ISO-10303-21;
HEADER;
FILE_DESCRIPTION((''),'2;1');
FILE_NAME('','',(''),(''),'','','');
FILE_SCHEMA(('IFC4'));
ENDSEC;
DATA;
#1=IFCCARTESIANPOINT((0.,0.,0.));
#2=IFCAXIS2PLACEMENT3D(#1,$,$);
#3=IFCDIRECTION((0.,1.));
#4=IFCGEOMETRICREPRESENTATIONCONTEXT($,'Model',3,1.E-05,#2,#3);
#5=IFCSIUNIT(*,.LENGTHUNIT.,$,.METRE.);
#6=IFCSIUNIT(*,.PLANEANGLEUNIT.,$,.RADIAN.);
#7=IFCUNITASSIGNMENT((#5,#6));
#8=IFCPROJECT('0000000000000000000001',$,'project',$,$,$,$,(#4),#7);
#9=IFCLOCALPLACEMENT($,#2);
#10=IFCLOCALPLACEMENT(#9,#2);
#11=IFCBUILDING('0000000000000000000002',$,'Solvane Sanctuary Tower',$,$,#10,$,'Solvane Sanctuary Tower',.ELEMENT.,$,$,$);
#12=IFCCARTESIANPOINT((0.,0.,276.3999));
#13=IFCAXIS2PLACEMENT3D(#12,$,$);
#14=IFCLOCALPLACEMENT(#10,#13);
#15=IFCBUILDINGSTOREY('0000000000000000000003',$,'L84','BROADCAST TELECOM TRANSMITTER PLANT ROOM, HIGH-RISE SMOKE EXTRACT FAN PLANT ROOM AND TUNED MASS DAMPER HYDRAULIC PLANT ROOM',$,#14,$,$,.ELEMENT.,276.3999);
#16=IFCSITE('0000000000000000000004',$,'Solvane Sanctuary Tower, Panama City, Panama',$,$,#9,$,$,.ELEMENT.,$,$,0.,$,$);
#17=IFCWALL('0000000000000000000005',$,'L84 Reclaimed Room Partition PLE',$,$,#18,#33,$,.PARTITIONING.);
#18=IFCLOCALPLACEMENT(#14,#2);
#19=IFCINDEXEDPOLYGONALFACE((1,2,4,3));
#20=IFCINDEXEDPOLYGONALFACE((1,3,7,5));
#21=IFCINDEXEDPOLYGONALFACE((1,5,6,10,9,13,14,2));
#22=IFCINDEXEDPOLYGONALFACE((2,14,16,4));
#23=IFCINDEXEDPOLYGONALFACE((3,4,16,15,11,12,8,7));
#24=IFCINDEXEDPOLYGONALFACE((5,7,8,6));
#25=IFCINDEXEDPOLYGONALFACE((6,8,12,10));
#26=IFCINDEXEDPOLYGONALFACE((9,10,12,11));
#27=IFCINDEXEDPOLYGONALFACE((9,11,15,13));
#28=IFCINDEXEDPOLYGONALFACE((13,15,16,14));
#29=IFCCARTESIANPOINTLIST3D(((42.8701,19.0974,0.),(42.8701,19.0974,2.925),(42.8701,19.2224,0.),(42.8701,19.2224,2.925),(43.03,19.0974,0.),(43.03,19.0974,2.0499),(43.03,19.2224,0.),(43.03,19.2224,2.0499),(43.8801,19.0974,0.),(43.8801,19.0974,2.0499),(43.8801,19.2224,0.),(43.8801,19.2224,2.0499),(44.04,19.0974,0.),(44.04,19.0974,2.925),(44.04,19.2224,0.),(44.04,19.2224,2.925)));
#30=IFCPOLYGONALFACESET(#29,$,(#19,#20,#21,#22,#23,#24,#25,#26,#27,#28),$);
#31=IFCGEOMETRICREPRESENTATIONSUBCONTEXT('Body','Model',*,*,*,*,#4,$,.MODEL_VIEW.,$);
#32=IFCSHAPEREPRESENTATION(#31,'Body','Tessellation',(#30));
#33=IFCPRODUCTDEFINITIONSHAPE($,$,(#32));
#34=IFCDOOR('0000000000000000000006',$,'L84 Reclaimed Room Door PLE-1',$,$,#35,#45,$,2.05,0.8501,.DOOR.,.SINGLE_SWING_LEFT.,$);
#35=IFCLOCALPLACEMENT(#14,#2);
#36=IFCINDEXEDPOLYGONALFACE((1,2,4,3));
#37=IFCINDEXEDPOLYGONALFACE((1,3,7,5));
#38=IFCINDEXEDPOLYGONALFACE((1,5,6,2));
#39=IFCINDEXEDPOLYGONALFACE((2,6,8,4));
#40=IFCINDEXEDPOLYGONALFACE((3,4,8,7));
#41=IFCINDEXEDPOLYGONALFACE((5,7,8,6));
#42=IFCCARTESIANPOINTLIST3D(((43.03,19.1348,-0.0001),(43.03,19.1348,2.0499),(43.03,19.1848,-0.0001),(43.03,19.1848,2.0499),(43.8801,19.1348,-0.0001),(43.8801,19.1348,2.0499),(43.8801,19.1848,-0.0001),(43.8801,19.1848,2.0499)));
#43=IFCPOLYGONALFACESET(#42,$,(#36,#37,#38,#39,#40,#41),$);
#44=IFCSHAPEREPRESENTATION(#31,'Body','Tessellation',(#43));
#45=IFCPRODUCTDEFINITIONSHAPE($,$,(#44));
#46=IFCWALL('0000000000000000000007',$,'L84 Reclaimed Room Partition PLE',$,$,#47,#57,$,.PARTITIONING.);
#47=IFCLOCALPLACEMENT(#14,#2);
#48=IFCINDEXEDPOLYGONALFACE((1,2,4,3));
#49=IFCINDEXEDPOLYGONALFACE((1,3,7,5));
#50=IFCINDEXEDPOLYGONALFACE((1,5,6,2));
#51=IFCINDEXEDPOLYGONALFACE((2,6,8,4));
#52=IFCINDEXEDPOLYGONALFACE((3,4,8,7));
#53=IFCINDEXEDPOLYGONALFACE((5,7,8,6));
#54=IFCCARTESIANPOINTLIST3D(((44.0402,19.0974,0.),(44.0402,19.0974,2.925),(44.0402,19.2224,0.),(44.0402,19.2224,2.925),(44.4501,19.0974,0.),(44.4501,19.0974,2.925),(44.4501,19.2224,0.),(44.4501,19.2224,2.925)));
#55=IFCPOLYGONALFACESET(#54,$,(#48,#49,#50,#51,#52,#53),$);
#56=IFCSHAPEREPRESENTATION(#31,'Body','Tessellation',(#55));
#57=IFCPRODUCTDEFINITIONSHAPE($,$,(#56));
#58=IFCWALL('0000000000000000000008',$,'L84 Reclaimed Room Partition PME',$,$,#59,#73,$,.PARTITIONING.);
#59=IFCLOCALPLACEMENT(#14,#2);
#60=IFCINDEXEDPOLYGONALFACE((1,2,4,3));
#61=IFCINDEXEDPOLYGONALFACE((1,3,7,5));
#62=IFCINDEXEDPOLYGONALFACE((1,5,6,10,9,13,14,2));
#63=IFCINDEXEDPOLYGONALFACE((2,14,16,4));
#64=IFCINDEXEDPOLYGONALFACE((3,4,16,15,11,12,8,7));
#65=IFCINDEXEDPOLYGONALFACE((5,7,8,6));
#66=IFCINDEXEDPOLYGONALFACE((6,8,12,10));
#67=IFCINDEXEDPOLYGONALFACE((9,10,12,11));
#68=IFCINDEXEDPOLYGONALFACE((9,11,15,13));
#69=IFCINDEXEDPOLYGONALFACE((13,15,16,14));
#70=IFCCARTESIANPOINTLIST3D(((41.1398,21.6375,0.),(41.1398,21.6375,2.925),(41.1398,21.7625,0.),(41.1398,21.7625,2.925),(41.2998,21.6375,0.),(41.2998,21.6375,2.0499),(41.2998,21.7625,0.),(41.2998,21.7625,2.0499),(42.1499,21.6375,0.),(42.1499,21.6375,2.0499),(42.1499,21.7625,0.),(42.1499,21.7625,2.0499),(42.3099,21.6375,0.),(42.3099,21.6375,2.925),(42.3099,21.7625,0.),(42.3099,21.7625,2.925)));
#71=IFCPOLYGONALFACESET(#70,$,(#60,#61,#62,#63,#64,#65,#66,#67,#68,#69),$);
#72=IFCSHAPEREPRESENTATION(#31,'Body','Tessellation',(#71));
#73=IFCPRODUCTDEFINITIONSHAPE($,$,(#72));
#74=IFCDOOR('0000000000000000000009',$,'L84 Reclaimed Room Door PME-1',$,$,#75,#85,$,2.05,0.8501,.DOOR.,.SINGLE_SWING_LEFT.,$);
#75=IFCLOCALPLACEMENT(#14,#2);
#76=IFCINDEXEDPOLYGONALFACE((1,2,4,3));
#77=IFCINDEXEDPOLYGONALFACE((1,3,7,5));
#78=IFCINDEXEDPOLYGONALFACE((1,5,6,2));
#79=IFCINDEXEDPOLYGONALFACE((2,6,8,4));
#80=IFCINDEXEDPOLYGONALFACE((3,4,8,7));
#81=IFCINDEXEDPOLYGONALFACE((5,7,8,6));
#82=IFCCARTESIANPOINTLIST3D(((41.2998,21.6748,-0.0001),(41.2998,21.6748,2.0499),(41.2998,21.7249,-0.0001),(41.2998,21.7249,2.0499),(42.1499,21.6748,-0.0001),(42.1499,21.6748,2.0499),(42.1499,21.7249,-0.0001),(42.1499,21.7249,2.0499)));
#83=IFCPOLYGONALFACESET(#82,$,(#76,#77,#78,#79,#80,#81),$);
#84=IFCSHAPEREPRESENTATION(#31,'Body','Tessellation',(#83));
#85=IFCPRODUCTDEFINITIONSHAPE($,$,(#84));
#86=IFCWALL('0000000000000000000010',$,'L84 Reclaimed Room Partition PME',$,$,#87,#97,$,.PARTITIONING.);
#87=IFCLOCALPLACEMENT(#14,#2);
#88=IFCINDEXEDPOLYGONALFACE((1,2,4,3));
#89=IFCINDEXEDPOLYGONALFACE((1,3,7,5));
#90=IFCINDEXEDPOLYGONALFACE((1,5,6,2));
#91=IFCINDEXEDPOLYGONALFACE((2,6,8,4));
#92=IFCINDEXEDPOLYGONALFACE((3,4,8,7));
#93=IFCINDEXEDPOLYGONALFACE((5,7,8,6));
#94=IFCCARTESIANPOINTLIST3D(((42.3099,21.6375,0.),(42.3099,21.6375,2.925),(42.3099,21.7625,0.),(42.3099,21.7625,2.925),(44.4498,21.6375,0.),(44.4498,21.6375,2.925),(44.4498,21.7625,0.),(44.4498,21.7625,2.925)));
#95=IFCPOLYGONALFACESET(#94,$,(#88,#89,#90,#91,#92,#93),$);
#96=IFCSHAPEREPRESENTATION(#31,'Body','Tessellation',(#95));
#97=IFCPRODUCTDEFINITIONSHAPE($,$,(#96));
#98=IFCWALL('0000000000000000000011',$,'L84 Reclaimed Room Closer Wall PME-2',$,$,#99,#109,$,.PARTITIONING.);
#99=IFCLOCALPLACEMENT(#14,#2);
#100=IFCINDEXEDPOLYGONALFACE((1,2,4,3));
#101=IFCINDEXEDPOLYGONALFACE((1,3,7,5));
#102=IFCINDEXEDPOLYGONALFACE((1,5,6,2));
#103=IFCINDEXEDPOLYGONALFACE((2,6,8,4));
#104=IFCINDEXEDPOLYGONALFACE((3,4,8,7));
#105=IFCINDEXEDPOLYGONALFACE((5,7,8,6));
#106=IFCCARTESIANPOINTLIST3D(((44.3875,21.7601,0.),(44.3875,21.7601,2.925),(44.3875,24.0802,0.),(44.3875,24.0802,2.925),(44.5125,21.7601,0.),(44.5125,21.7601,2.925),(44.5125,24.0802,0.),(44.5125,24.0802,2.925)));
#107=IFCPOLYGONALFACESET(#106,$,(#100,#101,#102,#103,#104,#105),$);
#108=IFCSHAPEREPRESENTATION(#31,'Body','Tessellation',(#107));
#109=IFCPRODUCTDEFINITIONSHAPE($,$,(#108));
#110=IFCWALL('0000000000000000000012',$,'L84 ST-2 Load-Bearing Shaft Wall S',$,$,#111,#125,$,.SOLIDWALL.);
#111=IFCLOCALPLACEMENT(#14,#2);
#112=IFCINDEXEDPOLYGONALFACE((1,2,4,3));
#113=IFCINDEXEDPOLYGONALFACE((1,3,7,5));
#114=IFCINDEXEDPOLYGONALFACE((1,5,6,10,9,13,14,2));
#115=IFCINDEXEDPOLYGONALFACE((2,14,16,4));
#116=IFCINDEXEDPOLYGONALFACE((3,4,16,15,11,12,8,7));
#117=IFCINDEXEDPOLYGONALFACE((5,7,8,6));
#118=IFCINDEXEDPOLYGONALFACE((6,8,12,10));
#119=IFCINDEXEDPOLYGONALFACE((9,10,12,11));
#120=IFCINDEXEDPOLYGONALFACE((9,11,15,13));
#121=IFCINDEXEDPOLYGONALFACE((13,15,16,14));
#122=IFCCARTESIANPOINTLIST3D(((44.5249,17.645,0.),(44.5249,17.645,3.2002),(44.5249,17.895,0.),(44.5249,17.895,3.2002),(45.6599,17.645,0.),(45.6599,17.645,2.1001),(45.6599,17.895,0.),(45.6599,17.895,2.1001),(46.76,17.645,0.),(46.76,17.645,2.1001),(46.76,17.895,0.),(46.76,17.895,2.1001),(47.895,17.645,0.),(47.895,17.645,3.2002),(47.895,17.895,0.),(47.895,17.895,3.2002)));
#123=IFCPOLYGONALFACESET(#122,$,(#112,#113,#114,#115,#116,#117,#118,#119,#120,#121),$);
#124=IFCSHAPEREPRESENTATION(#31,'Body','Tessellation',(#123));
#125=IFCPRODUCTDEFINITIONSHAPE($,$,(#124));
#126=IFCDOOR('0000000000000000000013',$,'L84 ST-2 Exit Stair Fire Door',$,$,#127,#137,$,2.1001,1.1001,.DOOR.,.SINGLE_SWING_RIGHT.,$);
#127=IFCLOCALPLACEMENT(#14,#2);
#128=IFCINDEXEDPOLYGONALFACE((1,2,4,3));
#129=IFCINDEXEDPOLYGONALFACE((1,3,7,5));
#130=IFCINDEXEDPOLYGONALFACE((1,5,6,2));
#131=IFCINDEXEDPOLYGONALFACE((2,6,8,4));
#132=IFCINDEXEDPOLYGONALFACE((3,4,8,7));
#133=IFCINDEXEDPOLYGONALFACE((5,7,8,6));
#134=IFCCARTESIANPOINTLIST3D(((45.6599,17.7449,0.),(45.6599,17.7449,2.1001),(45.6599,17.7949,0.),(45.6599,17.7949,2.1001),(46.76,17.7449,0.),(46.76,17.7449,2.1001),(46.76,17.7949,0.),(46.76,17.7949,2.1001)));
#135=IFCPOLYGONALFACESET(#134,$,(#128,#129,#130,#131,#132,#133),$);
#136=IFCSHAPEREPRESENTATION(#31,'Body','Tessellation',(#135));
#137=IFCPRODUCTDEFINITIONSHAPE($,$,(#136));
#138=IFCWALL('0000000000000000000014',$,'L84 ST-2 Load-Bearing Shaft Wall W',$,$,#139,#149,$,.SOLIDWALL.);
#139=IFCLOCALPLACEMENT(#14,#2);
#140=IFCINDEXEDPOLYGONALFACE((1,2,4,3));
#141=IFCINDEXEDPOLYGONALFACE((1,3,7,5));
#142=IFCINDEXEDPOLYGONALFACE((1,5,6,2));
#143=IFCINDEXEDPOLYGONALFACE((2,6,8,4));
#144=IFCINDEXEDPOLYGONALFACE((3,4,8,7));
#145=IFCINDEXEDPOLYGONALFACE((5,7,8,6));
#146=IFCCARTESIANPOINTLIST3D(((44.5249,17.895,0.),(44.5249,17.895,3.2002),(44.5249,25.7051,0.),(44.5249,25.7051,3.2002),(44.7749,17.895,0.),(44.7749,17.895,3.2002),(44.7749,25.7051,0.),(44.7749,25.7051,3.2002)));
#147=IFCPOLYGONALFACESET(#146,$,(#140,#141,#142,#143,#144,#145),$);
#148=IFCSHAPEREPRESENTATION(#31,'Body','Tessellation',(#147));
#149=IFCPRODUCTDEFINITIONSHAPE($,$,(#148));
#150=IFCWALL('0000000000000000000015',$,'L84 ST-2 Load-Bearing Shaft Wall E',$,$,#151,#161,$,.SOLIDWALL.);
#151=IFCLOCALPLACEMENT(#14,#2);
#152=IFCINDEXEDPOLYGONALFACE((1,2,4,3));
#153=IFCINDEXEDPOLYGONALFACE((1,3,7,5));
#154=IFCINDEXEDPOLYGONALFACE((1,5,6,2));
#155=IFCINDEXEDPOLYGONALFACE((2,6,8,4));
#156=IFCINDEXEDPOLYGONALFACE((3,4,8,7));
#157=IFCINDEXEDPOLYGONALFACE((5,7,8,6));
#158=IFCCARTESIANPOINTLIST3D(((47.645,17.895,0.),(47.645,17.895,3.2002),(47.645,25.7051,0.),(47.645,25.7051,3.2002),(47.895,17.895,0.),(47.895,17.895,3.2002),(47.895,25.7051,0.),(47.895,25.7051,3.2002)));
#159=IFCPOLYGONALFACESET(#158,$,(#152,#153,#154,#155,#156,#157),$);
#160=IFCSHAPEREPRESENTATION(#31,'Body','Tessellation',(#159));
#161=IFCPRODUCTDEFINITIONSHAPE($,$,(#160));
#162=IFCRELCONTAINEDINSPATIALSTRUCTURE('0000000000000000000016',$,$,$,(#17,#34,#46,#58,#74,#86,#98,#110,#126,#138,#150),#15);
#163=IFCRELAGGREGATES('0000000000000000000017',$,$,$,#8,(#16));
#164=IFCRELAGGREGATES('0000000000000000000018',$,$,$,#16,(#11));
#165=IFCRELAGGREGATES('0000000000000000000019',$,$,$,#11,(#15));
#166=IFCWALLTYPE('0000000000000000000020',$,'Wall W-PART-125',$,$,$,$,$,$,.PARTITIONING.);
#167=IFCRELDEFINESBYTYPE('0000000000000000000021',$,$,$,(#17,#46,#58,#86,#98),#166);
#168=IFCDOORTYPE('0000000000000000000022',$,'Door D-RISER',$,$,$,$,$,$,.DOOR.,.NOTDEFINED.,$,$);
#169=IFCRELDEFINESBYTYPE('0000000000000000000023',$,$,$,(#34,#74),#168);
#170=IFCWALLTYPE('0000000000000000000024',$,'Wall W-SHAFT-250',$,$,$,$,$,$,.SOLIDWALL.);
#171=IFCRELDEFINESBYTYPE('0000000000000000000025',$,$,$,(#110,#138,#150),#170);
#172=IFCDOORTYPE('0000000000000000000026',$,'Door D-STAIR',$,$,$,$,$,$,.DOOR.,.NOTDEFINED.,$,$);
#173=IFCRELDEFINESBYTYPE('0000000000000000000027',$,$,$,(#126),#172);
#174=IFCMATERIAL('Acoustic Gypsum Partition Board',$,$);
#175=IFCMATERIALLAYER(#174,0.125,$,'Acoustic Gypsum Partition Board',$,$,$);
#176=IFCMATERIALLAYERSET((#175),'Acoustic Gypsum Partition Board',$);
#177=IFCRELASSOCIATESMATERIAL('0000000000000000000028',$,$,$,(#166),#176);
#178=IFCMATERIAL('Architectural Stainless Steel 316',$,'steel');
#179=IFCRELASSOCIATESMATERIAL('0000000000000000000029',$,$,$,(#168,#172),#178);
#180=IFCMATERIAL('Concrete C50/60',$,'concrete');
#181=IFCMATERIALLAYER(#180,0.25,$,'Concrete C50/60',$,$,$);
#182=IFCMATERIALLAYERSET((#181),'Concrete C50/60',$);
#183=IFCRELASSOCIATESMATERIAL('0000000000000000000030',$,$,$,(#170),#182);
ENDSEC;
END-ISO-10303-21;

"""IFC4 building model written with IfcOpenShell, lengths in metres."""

from ifc_helpers import new_model, si_unit, direction, frame, frame_2d, origin, place, context, subcontext, project, spatial, rectangle, extrude, material, layer, layer_set, type_object, element, fill, save


model = new_model("IFC4")

# Units and contexts
model_context = context("Model", 3, precision=1e-05, world=origin(), true_north=direction((0.0, 1.0)))
body_context = subcontext(model_context, "Body", "Model", "MODEL_VIEW")
ifc_project = project(units=[si_unit("LENGTHUNIT", "METRE"), si_unit("PLANEANGLEUNIT", "RADIAN")], contexts=[model_context])

# Site, building, storey
site_placement = place(None, origin())
site = spatial("IfcSite", under=ifc_project, at=site_placement, Name="Solvane Sanctuary Tower, Panama City, Panama", CompositionType="ELEMENT", RefElevation=0.0)
building_placement = place(site_placement, origin())
building = spatial("IfcBuilding", under=site, at=building_placement, Name="Solvane Sanctuary Tower", LongName="Solvane Sanctuary Tower", CompositionType="ELEMENT")
storey_placement = place(building_placement, frame((0.0, 0.0, 276.3999)))
storey = spatial("IfcBuildingStorey", under=building, at=storey_placement, Name="L84", Description="BROADCAST TELECOM TRANSMITTER PLANT ROOM, HIGH-RISE SMOKE EXTRACT FAN PLANT ROOM AND TUNED MASS DAMPER HYDRAULIC PLANT ROOM", CompositionType="ELEMENT", Elevation=276.3999)

# Shared definitions
ifc_material_1 = material(Name="Concrete C50/60", Category="concrete")
ifc_material_2 = material(Name="Acoustic Gypsum Partition Board")
ifc_layer_1 = layer(ifc_material_2, 0.125, Name="Acoustic Gypsum Partition Board")
ifc_layer_set_1 = layer_set([ifc_layer_1], Name="Acoustic Gypsum Partition Board")
wall_type_1 = type_object("IfcWallType", Name="Wall W-PART-125", PredefinedType="PARTITIONING", material=ifc_layer_set_1)

# Wall, opening, door
wall_1_placement = place(storey_placement, frame((42.8701, 19.1599, 0.0), z_axis=(0.0, 0.0, 1.0), x_axis=(1.0, 0.0, 0.0)))
wall_1 = element("IfcWall", 1, at=wall_1_placement, inside=storey, type_object=wall_type_1, Name="L84 Reclaimed Room Partition PLE", PredefinedType="PARTITIONING", context=body_context, shape_type="SweptSolid", body=[
    extrude(rectangle(XDim=1.1699, YDim=0.125, at=frame_2d((0.585, 0.0))), origin(), (0.0, 0.0, 1.0), 2.925),
])
opening_1_placement = place(wall_1_placement, frame((0.1599, 0.0, 0.0)))
opening_1 = element("IfcOpeningElement", 2, at=opening_1_placement, cuts=wall_1, PredefinedType="OPENING", context=body_context, shape_type="SweptSolid", body=[
    extrude(rectangle(XDim=0.8501, YDim=2.05, at=frame_2d((0.425, 1.0249))), frame((0.0, 0.0725, 0.0), z_axis=(0.0, -1.0, 0.0), x_axis=(1.0, 0.0, 0.0)), (0.0, 0.0, 1.0), 0.145),
])
ifc_material_3 = material(Name="Architectural Stainless Steel 316", Category="steel")
door_type_1 = type_object("IfcDoorType", Name="Door D-RISER", OperationType="NOTDEFINED", PredefinedType="DOOR", material=ifc_material_3)
door_1_placement = place(opening_1_placement, origin())
door_1 = element("IfcDoor", 3, at=door_1_placement, inside=storey, type_object=door_type_1, Name="L84 Reclaimed Room Door PLE-1", OperationType="SINGLE_SWING_LEFT", OverallHeight=2.05, OverallWidth=0.8501, PredefinedType="DOOR", context=body_context, shape_type="SweptSolid", body=[
    extrude(rectangle(XDim=0.8501, YDim=2.05, at=frame_2d((0.425, 1.0249))), frame((0.0, 0.0249, 0.0), z_axis=(0.0, -1.0, 0.0), x_axis=(1.0, 0.0, 0.0)), (0.0, 0.0, 1.0), 0.05),
])
fill(opening_1, door_1)

# Wall
wall_2_placement = place(storey_placement, frame((44.04, 19.1599, 0.0), z_axis=(0.0, 0.0, 1.0), x_axis=(1.0, 0.0, 0.0)))
element("IfcWall", 4, at=wall_2_placement, inside=storey, type_object=wall_type_1, Name="L84 Reclaimed Room Partition PLE", PredefinedType="PARTITIONING", context=body_context, shape_type="SweptSolid", body=[
    extrude(rectangle(XDim=0.4099, YDim=0.125, at=frame_2d((0.2051, 0.0))), origin(), (0.0, 0.0, 1.0), 2.925),
])

# Wall, opening, door
wall_3_placement = place(storey_placement, frame((41.1399, 21.7, 0.0), z_axis=(0.0, 0.0, 1.0), x_axis=(1.0, 0.0, 0.0)))
wall_3 = element("IfcWall", 5, at=wall_3_placement, inside=storey, type_object=wall_type_1, Name="L84 Reclaimed Room Partition PME", PredefinedType="PARTITIONING", context=body_context, shape_type="SweptSolid", body=[
    extrude(rectangle(XDim=1.1702, YDim=0.125, at=frame_2d((0.585, 0.0))), origin(), (0.0, 0.0, 1.0), 2.925),
])
opening_2_placement = place(wall_3_placement, frame((0.1599, 0.0, 0.0)))
opening_2 = element("IfcOpeningElement", 6, at=opening_2_placement, cuts=wall_3, PredefinedType="OPENING", context=body_context, shape_type="SweptSolid", body=[
    extrude(rectangle(XDim=0.8501, YDim=2.05, at=frame_2d((0.425, 1.0249))), frame((0.0, 0.0725, 0.0), z_axis=(0.0, -1.0, 0.0), x_axis=(1.0, 0.0, 0.0)), (0.0, 0.0, 1.0), 0.145),
])
door_2_placement = place(opening_2_placement, origin())
door_2 = element("IfcDoor", 7, at=door_2_placement, inside=storey, type_object=door_type_1, Name="L84 Reclaimed Room Door PME-1", OperationType="SINGLE_SWING_LEFT", OverallHeight=2.05, OverallWidth=0.8501, PredefinedType="DOOR", context=body_context, shape_type="SweptSolid", body=[
    extrude(rectangle(XDim=0.8501, YDim=2.05, at=frame_2d((0.425, 1.0249))), frame((0.0, 0.0249, 0.0), z_axis=(0.0, -1.0, 0.0), x_axis=(1.0, 0.0, 0.0)), (0.0, 0.0, 1.0), 0.05),
])
fill(opening_2, door_2)

# Walls
wall_4_placement = place(storey_placement, frame((42.3101, 21.7, 0.0), z_axis=(0.0, 0.0, 1.0), x_axis=(1.0, 0.0, 0.0)))
element("IfcWall", 8, at=wall_4_placement, inside=storey, type_object=wall_type_1, Name="L84 Reclaimed Room Partition PME", PredefinedType="PARTITIONING", context=body_context, shape_type="SweptSolid", body=[
    extrude(rectangle(XDim=2.1399, YDim=0.125, at=frame_2d((1.0698, 0.0))), origin(), (0.0, 0.0, 1.0), 2.925),
])
wall_5_placement = place(storey_placement, frame((44.45, 21.76, 0.0), z_axis=(0.0, 0.0, 1.0), x_axis=(0.0, 1.0, 0.0)))
element("IfcWall", 9, at=wall_5_placement, inside=storey, type_object=wall_type_1, Name="L84 Reclaimed Room Closer Wall PME-2", PredefinedType="PARTITIONING", context=body_context, shape_type="SweptSolid", body=[
    extrude(rectangle(XDim=2.3201, YDim=0.125, at=frame_2d((1.1602, 0.0))), origin(), (0.0, 0.0, 1.0), 2.925),
])

# Wall, opening, door
ifc_layer_2 = layer(ifc_material_1, 0.25, Name="Concrete C50/60")
ifc_layer_set_2 = layer_set([ifc_layer_2], Name="Concrete C50/60")
wall_type_2 = type_object("IfcWallType", Name="Wall W-SHAFT-250", PredefinedType="SOLIDWALL", material=ifc_layer_set_2)
wall_6_placement = place(storey_placement, frame((44.5249, 17.77, 0.0), z_axis=(0.0, 0.0, 1.0), x_axis=(1.0, 0.0, 0.0)))
wall_6 = element("IfcWall", 10, at=wall_6_placement, inside=storey, type_object=wall_type_2, Name="L84 ST-2 Load-Bearing Shaft Wall S", PredefinedType="SOLIDWALL", context=body_context, shape_type="SweptSolid", body=[
    extrude(rectangle(XDim=3.3701, YDim=0.25, at=frame_2d((1.6851, 0.0))), origin(), (0.0, 0.0, 1.0), 3.2002),
])
opening_3_placement = place(wall_6_placement, frame((1.135, 0.0, 0.0)))
opening_3 = element("IfcOpeningElement", 11, at=opening_3_placement, cuts=wall_6, PredefinedType="OPENING", context=body_context, shape_type="SweptSolid", body=[
    extrude(rectangle(XDim=1.1001, YDim=2.1001, at=frame_2d((0.55, 1.05))), frame((0.0, 0.135, 0.0), z_axis=(0.0, -1.0, 0.0), x_axis=(1.0, 0.0, 0.0)), (0.0, 0.0, 1.0), 0.27),
])
door_type_2 = type_object("IfcDoorType", Name="Door D-STAIR", OperationType="NOTDEFINED", PredefinedType="DOOR", material=ifc_material_3)
door_3_placement = place(opening_3_placement, origin())
door_3 = element("IfcDoor", 12, at=door_3_placement, inside=storey, type_object=door_type_2, Name="L84 ST-2 Exit Stair Fire Door", OperationType="SINGLE_SWING_RIGHT", OverallHeight=2.1001, OverallWidth=1.1001, PredefinedType="DOOR", context=body_context, shape_type="SweptSolid", body=[
    extrude(rectangle(XDim=1.1001, YDim=2.1001, at=frame_2d((0.55, 1.05))), frame((0.0, 0.0249, 0.0), z_axis=(0.0, -1.0, 0.0), x_axis=(1.0, 0.0, 0.0)), (0.0, 0.0, 1.0), 0.05),
])
fill(opening_3, door_3)

# Walls
for number, where, z_axis, x_axis, name in (
    (13, (44.6499, 17.895, 0.0), (0.0, 0.0, 1.0), (0.0, 1.0, 0.0), "L84 ST-2 Load-Bearing Shaft Wall W"),
    (14, (47.77, 17.895, 0.0), (0.0, 0.0, 1.0), (0.0, 1.0, 0.0), "L84 ST-2 Load-Bearing Shaft Wall E"),
):
    element("IfcWall", number, at=place(storey_placement, frame(where, z_axis=z_axis, x_axis=x_axis)), inside=storey, type_object=wall_type_2, Name=name, PredefinedType="SOLIDWALL", context=body_context, shape_type="SweptSolid", body=[
        extrude(rectangle(XDim=7.8101, YDim=0.25, at=frame_2d((3.905, 0.0))), origin(), (0.0, 0.0, 1.0), 3.2002),
    ])

save(model, "model.ifc")
